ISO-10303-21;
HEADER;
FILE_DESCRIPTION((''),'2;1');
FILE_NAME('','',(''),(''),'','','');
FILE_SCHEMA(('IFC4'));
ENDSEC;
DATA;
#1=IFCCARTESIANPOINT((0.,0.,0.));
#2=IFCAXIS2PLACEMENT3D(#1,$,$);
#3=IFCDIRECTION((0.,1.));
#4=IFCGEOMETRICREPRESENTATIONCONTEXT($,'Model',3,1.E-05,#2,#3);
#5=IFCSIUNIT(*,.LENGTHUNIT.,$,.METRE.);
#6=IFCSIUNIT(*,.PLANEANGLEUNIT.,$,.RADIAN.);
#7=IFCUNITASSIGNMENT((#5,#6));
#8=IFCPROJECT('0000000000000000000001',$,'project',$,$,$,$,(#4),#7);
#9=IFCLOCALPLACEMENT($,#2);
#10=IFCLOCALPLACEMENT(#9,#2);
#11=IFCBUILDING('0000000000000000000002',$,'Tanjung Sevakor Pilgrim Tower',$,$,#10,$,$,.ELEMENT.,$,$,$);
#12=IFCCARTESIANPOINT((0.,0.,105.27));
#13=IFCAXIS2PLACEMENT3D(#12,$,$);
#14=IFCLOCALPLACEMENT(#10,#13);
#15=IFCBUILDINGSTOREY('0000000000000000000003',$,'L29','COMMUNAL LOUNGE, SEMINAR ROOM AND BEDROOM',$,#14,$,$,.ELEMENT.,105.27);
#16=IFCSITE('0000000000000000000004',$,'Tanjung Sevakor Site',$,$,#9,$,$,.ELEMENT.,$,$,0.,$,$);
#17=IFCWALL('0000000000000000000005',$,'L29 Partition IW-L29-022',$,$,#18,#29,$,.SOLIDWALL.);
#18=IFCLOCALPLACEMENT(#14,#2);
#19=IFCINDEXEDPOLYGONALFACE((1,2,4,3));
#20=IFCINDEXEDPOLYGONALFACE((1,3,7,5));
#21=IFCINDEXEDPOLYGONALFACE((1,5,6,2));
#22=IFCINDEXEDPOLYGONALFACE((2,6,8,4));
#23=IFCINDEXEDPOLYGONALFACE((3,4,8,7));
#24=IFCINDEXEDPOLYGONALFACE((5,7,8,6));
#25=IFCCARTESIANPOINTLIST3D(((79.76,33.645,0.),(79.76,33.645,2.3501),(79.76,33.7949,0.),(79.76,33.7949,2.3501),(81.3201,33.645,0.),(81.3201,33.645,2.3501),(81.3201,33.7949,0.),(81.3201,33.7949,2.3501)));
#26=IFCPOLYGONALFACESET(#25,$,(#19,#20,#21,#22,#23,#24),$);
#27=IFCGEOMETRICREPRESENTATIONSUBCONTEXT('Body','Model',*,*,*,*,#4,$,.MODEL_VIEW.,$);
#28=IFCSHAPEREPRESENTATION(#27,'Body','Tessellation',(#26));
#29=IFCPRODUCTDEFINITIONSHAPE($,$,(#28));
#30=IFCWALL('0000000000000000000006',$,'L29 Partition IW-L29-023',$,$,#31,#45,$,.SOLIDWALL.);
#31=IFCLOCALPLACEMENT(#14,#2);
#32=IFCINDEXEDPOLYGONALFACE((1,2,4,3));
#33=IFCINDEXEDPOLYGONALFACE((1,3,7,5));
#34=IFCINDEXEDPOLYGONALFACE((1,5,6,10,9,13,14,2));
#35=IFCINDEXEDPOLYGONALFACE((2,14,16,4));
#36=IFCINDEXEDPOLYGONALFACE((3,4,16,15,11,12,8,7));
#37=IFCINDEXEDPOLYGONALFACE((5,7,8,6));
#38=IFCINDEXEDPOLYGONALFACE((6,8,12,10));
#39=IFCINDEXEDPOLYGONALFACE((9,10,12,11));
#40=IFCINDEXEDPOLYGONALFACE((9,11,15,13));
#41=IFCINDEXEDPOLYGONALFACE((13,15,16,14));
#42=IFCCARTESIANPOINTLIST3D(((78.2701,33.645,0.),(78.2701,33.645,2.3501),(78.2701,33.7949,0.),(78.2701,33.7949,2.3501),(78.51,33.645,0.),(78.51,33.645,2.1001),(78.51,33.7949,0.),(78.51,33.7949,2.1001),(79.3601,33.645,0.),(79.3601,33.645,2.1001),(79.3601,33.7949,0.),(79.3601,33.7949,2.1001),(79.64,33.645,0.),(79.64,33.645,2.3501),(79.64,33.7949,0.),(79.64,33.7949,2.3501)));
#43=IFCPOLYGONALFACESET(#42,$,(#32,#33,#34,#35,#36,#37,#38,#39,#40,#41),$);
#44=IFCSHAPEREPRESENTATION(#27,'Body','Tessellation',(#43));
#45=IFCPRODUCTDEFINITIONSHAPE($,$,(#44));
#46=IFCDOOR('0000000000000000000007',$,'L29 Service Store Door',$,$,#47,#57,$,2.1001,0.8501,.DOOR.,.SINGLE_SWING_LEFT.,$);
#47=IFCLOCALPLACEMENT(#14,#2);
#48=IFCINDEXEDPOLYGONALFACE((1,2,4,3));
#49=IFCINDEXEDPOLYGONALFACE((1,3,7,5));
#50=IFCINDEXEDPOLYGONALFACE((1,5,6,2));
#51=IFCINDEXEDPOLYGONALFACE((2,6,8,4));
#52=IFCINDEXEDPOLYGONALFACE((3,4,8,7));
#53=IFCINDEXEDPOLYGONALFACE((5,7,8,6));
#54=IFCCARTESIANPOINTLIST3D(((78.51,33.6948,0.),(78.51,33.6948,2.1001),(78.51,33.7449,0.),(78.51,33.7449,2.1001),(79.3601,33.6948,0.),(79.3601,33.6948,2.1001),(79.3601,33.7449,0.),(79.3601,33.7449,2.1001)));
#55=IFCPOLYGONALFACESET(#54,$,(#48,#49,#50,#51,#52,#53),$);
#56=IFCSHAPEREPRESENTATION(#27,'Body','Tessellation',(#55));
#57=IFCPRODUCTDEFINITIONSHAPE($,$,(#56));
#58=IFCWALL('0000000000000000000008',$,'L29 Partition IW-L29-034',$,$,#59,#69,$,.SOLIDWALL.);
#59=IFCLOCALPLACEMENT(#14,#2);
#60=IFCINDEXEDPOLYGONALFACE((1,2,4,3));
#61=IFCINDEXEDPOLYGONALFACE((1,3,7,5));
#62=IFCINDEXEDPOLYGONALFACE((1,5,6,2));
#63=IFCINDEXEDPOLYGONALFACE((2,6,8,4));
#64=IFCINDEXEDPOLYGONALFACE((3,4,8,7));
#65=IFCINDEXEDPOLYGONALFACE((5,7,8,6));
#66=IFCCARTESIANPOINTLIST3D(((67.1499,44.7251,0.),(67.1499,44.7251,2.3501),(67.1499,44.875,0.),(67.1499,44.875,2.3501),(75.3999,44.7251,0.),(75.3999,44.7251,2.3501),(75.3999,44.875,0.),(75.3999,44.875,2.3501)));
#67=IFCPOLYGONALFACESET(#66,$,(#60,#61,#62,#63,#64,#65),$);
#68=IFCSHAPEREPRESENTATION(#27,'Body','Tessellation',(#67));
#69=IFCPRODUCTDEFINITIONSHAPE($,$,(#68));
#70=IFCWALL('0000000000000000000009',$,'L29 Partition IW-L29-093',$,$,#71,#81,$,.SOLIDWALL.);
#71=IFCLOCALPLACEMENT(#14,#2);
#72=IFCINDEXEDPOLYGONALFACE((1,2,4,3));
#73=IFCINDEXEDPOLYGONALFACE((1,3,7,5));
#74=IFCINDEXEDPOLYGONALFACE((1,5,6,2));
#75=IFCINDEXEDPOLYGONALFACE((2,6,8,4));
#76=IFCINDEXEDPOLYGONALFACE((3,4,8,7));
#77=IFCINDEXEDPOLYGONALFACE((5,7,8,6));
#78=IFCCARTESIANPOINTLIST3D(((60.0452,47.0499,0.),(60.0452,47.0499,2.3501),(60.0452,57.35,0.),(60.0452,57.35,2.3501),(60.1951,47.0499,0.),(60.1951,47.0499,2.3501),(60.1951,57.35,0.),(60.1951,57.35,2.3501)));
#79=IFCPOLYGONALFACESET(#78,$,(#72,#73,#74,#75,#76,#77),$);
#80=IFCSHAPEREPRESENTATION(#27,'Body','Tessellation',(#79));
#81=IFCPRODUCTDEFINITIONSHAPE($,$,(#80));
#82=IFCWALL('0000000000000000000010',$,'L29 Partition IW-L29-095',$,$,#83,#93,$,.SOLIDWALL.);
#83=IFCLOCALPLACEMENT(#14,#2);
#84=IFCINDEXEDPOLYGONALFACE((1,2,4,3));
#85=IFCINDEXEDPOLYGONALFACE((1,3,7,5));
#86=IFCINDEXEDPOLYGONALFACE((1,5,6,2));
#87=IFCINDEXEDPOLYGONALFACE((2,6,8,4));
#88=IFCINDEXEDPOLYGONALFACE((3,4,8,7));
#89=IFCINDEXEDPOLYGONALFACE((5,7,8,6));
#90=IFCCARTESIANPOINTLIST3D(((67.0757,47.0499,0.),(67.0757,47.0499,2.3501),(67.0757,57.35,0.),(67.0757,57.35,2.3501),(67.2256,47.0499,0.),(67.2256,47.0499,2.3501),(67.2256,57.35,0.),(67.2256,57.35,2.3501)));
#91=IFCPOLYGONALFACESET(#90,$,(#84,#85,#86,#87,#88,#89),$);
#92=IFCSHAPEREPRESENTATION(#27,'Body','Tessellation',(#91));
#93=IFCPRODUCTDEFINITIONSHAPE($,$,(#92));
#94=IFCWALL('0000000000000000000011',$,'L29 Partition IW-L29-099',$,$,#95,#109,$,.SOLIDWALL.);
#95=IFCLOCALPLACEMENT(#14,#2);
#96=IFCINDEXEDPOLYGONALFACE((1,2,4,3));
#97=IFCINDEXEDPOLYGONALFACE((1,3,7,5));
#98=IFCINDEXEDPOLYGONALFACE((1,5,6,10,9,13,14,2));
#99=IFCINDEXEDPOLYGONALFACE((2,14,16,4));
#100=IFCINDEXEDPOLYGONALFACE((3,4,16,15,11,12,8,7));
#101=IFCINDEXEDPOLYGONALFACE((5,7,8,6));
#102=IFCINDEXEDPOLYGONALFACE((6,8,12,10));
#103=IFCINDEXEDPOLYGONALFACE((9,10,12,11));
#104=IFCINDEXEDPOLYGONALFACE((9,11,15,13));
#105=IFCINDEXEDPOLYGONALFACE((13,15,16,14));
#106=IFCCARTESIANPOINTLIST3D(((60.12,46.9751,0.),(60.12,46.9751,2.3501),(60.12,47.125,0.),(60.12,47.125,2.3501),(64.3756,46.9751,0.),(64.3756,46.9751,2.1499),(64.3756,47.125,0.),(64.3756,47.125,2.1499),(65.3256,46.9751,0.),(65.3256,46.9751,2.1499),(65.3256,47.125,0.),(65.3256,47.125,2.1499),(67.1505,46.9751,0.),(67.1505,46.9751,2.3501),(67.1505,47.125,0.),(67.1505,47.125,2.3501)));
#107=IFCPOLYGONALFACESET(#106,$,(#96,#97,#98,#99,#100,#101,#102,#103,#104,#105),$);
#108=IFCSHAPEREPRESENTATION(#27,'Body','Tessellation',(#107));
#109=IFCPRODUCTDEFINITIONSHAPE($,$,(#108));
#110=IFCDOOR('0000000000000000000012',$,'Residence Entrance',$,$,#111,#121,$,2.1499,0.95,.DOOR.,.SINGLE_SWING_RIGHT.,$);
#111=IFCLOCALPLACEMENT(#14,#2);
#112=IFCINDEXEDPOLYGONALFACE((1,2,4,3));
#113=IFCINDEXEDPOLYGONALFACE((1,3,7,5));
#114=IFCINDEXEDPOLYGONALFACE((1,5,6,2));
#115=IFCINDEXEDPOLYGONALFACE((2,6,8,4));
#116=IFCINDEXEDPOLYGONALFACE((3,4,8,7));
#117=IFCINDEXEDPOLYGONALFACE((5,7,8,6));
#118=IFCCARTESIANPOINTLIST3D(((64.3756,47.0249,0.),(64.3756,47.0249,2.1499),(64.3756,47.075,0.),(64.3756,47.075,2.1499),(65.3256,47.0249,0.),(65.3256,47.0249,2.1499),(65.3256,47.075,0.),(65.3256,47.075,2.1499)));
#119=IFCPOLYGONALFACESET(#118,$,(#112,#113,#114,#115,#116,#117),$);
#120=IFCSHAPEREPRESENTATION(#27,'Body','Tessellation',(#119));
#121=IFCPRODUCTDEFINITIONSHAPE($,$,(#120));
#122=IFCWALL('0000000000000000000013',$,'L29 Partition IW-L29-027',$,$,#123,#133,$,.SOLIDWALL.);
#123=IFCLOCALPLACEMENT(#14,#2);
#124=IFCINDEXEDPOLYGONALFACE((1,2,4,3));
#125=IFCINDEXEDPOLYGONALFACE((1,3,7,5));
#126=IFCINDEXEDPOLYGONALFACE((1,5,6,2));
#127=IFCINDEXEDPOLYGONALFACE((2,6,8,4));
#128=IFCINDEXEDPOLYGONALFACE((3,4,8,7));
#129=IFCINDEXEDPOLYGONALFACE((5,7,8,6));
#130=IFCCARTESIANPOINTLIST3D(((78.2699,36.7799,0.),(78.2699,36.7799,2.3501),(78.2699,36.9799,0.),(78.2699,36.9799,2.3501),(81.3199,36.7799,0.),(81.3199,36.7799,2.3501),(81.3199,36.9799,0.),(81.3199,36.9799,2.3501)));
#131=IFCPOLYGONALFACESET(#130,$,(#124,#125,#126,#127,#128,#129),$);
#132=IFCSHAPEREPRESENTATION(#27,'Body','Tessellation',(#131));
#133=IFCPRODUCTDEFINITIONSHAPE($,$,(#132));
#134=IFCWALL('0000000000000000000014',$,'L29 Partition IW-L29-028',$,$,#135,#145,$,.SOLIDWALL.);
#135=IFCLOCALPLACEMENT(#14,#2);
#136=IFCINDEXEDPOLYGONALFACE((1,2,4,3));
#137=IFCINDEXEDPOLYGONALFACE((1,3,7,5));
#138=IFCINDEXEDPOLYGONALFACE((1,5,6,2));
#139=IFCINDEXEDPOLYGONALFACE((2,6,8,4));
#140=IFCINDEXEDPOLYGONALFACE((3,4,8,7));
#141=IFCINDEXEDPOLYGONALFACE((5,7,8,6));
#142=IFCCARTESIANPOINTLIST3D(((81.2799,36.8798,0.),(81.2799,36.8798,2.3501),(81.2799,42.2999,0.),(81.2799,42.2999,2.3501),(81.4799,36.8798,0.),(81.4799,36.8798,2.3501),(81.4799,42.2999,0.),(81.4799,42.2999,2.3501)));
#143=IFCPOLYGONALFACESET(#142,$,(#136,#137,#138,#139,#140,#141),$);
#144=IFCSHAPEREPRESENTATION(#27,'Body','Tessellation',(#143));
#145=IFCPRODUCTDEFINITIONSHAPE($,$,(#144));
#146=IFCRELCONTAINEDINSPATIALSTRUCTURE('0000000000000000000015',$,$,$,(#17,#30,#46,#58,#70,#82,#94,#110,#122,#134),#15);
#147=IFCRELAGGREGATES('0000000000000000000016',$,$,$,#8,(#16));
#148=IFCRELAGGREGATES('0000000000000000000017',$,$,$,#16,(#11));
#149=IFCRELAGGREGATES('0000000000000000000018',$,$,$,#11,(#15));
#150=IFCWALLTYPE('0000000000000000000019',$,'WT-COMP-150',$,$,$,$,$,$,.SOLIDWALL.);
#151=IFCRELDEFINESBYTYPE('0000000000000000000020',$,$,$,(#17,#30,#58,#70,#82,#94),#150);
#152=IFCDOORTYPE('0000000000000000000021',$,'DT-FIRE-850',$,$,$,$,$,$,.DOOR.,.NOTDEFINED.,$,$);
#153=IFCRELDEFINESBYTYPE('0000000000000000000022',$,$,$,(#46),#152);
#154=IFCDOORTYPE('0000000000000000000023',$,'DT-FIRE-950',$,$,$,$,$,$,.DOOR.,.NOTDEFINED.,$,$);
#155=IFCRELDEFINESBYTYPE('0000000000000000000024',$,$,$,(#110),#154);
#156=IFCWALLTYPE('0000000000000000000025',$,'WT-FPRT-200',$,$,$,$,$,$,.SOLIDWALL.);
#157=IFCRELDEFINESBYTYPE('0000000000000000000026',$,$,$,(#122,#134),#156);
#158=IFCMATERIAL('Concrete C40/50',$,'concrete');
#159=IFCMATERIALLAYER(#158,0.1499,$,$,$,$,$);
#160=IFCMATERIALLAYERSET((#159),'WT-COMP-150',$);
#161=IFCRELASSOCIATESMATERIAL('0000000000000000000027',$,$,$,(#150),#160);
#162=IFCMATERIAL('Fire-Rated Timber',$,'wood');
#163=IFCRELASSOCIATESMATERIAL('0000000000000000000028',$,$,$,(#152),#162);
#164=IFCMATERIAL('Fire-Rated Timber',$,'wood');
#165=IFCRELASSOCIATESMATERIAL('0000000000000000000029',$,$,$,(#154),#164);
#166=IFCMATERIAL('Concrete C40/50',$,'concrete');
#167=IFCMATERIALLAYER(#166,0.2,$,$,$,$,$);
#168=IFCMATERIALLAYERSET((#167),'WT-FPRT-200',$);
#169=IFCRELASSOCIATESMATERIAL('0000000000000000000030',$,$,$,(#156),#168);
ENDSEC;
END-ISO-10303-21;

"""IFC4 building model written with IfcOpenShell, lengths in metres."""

from ifc_helpers import new_model, si_unit, direction, frame, frame_2d, origin, place, context, subcontext, project, spatial, rectangle, extrude, material, layer, layer_set, type_object, element, fill, save


model = new_model("IFC4")

# Units and contexts
model_context = context("Model", 3, precision=1e-05, world=origin(), true_north=direction((0.0, 1.0)))
body_context = subcontext(model_context, "Body", "Model", "MODEL_VIEW")
ifc_project = project(units=[si_unit("LENGTHUNIT", "METRE"), si_unit("PLANEANGLEUNIT", "RADIAN")], contexts=[model_context])

# Site, building, storey
site_placement = place(None, origin())
site = spatial("IfcSite", under=ifc_project, at=site_placement, Name="Tanjung Sevakor Site", CompositionType="ELEMENT", RefElevation=0.0)
building_placement = place(site_placement, origin())
building = spatial("IfcBuilding", under=site, at=building_placement, Name="Tanjung Sevakor Pilgrim Tower", CompositionType="ELEMENT")
storey_placement = place(building_placement, frame((0.0, 0.0, 105.27)))
storey = spatial("IfcBuildingStorey", under=building, at=storey_placement, Name="L29", Description="COMMUNAL LOUNGE, SEMINAR ROOM AND BEDROOM", CompositionType="ELEMENT", Elevation=105.27)

# Wall
ifc_material_1 = material(Name="Concrete C40/50", Category="concrete")
ifc_layer_1 = layer(ifc_material_1, 0.1499)
ifc_layer_set_1 = layer_set([ifc_layer_1], Name="WT-COMP-150")
wall_type_1 = type_object("IfcWallType", Name="WT-COMP-150", PredefinedType="SOLIDWALL", material=ifc_layer_set_1)
wall_1_placement = place(storey_placement, frame((79.76, 33.72, 0.0), z_axis=(0.0, 0.0, 1.0), x_axis=(1.0, 0.0, 0.0)))
element("IfcWall", 1, at=wall_1_placement, inside=storey, type_object=wall_type_1, Name="L29 Partition IW-L29-022", PredefinedType="SOLIDWALL", context=body_context, shape_type="SweptSolid", body=[
    extrude(rectangle(XDim=1.5601, YDim=0.1499, at=frame_2d((0.78, 0.0))), origin(), (0.0, 0.0, 1.0), 2.3501),
])

# Wall, opening, door
wall_2_placement = place(storey_placement, frame((78.27, 33.72, 0.0), z_axis=(0.0, 0.0, 1.0), x_axis=(1.0, 0.0, 0.0)))
wall_2 = element("IfcWall", 2, at=wall_2_placement, inside=storey, type_object=wall_type_1, Name="L29 Partition IW-L29-023", PredefinedType="SOLIDWALL", context=body_context, shape_type="SweptSolid", body=[
    extrude(rectangle(XDim=1.3699, YDim=0.1499, at=frame_2d((0.6851, 0.0))), origin(), (0.0, 0.0, 1.0), 2.3501),
])
opening_1_placement = place(wall_2_placement, frame((0.24, 0.0, 0.0)))
opening_1 = element("IfcOpeningElement", 3, at=opening_1_placement, cuts=wall_2, PredefinedType="OPENING", context=body_context, shape_type="SweptSolid", body=[
    extrude(rectangle(XDim=0.8501, YDim=2.1001, at=frame_2d((0.425, 1.05))), frame((0.0, 0.085, 0.0), z_axis=(0.0, -1.0, 0.0), x_axis=(1.0, 0.0, 0.0)), (0.0, 0.0, 1.0), 0.1699),
])
ifc_material_2 = material(Name="Fire-Rated Timber", Category="wood")
door_type_1 = type_object("IfcDoorType", Name="DT-FIRE-850", OperationType="NOTDEFINED", PredefinedType="DOOR", material=ifc_material_2)
door_1_placement = place(opening_1_placement, origin())
door_1 = element("IfcDoor", 4, at=door_1_placement, inside=storey, type_object=door_type_1, Name="L29 Service Store Door", OperationType="SINGLE_SWING_LEFT", OverallHeight=2.1001, OverallWidth=0.8501, PredefinedType="DOOR", context=body_context, shape_type="SweptSolid", body=[
    extrude(rectangle(XDim=0.8501, YDim=2.1001, at=frame_2d((0.425, 1.05))), frame((0.0, 0.0249, 0.0), z_axis=(0.0, -1.0, 0.0), x_axis=(1.0, 0.0, 0.0)), (0.0, 0.0, 1.0), 0.05),
])
fill(opening_1, door_1)

# Walls
wall_3_placement = place(storey_placement, frame((67.1499, 44.8, 0.0), z_axis=(0.0, 0.0, 1.0), x_axis=(1.0, 0.0, 0.0)))
element("IfcWall", 5, at=wall_3_placement, inside=storey, type_object=wall_type_1, Name="L29 Partition IW-L29-034", PredefinedType="SOLIDWALL", context=body_context, shape_type="SweptSolid", body=[
    extrude(rectangle(XDim=8.25, YDim=0.1499, at=frame_2d((4.125, 0.0))), origin(), (0.0, 0.0, 1.0), 2.3501),
])
for number, where, z_axis, x_axis, name in (
    (6, (60.1201, 47.05, 0.0), (0.0, 0.0, 1.0), (0.0, 1.0, 0.0), "L29 Partition IW-L29-093"),
    (7, (67.1506, 47.05, 0.0), (0.0, 0.0, 1.0), (0.0, 1.0, 0.0), "L29 Partition IW-L29-095"),
):
    element("IfcWall", number, at=place(storey_placement, frame(where, z_axis=z_axis, x_axis=x_axis)), inside=storey, type_object=wall_type_1, Name=name, PredefinedType="SOLIDWALL", context=body_context, shape_type="SweptSolid", body=[
        extrude(rectangle(XDim=10.3, YDim=0.1499, at=frame_2d((5.1499, 0.0))), origin(), (0.0, 0.0, 1.0), 2.3501),
    ])

# Wall, opening, door
wall_4_placement = place(storey_placement, frame((60.1201, 47.05, 0.0), z_axis=(0.0, 0.0, 1.0), x_axis=(1.0, 0.0, 0.0)))
wall_4 = element("IfcWall", 8, at=wall_4_placement, inside=storey, type_object=wall_type_1, Name="L29 Partition IW-L29-099", PredefinedType="SOLIDWALL", context=body_context, shape_type="SweptSolid", body=[
    extrude(rectangle(XDim=7.0305, YDim=0.1499, at=frame_2d((3.5151, 0.0))), origin(), (0.0, 0.0, 1.0), 2.3501),
])
opening_2_placement = place(wall_4_placement, frame((4.2554, 0.0, 0.0)))
opening_2 = element("IfcOpeningElement", 9, at=opening_2_placement, cuts=wall_4, PredefinedType="OPENING", context=body_context, shape_type="SweptSolid", body=[
    extrude(rectangle(XDim=0.95, YDim=2.1499, at=frame_2d((0.4751, 1.075))), frame((0.0, 0.085, 0.0), z_axis=(0.0, -1.0, 0.0), x_axis=(1.0, 0.0, 0.0)), (0.0, 0.0, 1.0), 0.1699),
])
ifc_material_3 = material(Name="Fire-Rated Timber", Category="wood")
door_type_2 = type_object("IfcDoorType", Name="DT-FIRE-950", OperationType="NOTDEFINED", PredefinedType="DOOR", material=ifc_material_3)
door_2_placement = place(opening_2_placement, origin())
door_2 = element("IfcDoor", 10, at=door_2_placement, inside=storey, type_object=door_type_2, Name="Residence Entrance", OperationType="SINGLE_SWING_RIGHT", OverallHeight=2.1499, OverallWidth=0.95, PredefinedType="DOOR", context=body_context, shape_type="SweptSolid", body=[
    extrude(rectangle(XDim=0.95, YDim=2.1499, at=frame_2d((0.4751, 1.075))), frame((0.0, 0.0249, 0.0), z_axis=(0.0, -1.0, 0.0), x_axis=(1.0, 0.0, 0.0)), (0.0, 0.0, 1.0), 0.05),
])
fill(opening_2, door_2)

# Walls
ifc_material_4 = material(Name="Concrete C40/50", Category="concrete")
ifc_layer_2 = layer(ifc_material_4, 0.2)
ifc_layer_set_2 = layer_set([ifc_layer_2], Name="WT-FPRT-200")
wall_type_2 = type_object("IfcWallType", Name="WT-FPRT-200", PredefinedType="SOLIDWALL", material=ifc_layer_set_2)
wall_5_placement = place(storey_placement, frame((78.27, 36.8799, 0.0), z_axis=(0.0, 0.0, 1.0), x_axis=(1.0, 0.0, 0.0)))
element("IfcWall", 11, at=wall_5_placement, inside=storey, type_object=wall_type_2, Name="L29 Partition IW-L29-027", PredefinedType="SOLIDWALL", context=body_context, shape_type="SweptSolid", body=[
    extrude(rectangle(XDim=3.05, YDim=0.2, at=frame_2d((1.5249, 0.0))), origin(), (0.0, 0.0, 1.0), 2.3501),
])
wall_6_placement = place(storey_placement, frame((81.3799, 36.8799, 0.0), z_axis=(0.0, 0.0, 1.0), x_axis=(0.0, 1.0, 0.0)))
element("IfcWall", 12, at=wall_6_placement, inside=storey, type_object=wall_type_2, Name="L29 Partition IW-L29-028", PredefinedType="SOLIDWALL", context=body_context, shape_type="SweptSolid", body=[
    extrude(rectangle(XDim=5.4202, YDim=0.2, at=frame_2d((2.71, 0.0))), origin(), (0.0, 0.0, 1.0), 2.3501),
])

save(model, "model.ifc")
